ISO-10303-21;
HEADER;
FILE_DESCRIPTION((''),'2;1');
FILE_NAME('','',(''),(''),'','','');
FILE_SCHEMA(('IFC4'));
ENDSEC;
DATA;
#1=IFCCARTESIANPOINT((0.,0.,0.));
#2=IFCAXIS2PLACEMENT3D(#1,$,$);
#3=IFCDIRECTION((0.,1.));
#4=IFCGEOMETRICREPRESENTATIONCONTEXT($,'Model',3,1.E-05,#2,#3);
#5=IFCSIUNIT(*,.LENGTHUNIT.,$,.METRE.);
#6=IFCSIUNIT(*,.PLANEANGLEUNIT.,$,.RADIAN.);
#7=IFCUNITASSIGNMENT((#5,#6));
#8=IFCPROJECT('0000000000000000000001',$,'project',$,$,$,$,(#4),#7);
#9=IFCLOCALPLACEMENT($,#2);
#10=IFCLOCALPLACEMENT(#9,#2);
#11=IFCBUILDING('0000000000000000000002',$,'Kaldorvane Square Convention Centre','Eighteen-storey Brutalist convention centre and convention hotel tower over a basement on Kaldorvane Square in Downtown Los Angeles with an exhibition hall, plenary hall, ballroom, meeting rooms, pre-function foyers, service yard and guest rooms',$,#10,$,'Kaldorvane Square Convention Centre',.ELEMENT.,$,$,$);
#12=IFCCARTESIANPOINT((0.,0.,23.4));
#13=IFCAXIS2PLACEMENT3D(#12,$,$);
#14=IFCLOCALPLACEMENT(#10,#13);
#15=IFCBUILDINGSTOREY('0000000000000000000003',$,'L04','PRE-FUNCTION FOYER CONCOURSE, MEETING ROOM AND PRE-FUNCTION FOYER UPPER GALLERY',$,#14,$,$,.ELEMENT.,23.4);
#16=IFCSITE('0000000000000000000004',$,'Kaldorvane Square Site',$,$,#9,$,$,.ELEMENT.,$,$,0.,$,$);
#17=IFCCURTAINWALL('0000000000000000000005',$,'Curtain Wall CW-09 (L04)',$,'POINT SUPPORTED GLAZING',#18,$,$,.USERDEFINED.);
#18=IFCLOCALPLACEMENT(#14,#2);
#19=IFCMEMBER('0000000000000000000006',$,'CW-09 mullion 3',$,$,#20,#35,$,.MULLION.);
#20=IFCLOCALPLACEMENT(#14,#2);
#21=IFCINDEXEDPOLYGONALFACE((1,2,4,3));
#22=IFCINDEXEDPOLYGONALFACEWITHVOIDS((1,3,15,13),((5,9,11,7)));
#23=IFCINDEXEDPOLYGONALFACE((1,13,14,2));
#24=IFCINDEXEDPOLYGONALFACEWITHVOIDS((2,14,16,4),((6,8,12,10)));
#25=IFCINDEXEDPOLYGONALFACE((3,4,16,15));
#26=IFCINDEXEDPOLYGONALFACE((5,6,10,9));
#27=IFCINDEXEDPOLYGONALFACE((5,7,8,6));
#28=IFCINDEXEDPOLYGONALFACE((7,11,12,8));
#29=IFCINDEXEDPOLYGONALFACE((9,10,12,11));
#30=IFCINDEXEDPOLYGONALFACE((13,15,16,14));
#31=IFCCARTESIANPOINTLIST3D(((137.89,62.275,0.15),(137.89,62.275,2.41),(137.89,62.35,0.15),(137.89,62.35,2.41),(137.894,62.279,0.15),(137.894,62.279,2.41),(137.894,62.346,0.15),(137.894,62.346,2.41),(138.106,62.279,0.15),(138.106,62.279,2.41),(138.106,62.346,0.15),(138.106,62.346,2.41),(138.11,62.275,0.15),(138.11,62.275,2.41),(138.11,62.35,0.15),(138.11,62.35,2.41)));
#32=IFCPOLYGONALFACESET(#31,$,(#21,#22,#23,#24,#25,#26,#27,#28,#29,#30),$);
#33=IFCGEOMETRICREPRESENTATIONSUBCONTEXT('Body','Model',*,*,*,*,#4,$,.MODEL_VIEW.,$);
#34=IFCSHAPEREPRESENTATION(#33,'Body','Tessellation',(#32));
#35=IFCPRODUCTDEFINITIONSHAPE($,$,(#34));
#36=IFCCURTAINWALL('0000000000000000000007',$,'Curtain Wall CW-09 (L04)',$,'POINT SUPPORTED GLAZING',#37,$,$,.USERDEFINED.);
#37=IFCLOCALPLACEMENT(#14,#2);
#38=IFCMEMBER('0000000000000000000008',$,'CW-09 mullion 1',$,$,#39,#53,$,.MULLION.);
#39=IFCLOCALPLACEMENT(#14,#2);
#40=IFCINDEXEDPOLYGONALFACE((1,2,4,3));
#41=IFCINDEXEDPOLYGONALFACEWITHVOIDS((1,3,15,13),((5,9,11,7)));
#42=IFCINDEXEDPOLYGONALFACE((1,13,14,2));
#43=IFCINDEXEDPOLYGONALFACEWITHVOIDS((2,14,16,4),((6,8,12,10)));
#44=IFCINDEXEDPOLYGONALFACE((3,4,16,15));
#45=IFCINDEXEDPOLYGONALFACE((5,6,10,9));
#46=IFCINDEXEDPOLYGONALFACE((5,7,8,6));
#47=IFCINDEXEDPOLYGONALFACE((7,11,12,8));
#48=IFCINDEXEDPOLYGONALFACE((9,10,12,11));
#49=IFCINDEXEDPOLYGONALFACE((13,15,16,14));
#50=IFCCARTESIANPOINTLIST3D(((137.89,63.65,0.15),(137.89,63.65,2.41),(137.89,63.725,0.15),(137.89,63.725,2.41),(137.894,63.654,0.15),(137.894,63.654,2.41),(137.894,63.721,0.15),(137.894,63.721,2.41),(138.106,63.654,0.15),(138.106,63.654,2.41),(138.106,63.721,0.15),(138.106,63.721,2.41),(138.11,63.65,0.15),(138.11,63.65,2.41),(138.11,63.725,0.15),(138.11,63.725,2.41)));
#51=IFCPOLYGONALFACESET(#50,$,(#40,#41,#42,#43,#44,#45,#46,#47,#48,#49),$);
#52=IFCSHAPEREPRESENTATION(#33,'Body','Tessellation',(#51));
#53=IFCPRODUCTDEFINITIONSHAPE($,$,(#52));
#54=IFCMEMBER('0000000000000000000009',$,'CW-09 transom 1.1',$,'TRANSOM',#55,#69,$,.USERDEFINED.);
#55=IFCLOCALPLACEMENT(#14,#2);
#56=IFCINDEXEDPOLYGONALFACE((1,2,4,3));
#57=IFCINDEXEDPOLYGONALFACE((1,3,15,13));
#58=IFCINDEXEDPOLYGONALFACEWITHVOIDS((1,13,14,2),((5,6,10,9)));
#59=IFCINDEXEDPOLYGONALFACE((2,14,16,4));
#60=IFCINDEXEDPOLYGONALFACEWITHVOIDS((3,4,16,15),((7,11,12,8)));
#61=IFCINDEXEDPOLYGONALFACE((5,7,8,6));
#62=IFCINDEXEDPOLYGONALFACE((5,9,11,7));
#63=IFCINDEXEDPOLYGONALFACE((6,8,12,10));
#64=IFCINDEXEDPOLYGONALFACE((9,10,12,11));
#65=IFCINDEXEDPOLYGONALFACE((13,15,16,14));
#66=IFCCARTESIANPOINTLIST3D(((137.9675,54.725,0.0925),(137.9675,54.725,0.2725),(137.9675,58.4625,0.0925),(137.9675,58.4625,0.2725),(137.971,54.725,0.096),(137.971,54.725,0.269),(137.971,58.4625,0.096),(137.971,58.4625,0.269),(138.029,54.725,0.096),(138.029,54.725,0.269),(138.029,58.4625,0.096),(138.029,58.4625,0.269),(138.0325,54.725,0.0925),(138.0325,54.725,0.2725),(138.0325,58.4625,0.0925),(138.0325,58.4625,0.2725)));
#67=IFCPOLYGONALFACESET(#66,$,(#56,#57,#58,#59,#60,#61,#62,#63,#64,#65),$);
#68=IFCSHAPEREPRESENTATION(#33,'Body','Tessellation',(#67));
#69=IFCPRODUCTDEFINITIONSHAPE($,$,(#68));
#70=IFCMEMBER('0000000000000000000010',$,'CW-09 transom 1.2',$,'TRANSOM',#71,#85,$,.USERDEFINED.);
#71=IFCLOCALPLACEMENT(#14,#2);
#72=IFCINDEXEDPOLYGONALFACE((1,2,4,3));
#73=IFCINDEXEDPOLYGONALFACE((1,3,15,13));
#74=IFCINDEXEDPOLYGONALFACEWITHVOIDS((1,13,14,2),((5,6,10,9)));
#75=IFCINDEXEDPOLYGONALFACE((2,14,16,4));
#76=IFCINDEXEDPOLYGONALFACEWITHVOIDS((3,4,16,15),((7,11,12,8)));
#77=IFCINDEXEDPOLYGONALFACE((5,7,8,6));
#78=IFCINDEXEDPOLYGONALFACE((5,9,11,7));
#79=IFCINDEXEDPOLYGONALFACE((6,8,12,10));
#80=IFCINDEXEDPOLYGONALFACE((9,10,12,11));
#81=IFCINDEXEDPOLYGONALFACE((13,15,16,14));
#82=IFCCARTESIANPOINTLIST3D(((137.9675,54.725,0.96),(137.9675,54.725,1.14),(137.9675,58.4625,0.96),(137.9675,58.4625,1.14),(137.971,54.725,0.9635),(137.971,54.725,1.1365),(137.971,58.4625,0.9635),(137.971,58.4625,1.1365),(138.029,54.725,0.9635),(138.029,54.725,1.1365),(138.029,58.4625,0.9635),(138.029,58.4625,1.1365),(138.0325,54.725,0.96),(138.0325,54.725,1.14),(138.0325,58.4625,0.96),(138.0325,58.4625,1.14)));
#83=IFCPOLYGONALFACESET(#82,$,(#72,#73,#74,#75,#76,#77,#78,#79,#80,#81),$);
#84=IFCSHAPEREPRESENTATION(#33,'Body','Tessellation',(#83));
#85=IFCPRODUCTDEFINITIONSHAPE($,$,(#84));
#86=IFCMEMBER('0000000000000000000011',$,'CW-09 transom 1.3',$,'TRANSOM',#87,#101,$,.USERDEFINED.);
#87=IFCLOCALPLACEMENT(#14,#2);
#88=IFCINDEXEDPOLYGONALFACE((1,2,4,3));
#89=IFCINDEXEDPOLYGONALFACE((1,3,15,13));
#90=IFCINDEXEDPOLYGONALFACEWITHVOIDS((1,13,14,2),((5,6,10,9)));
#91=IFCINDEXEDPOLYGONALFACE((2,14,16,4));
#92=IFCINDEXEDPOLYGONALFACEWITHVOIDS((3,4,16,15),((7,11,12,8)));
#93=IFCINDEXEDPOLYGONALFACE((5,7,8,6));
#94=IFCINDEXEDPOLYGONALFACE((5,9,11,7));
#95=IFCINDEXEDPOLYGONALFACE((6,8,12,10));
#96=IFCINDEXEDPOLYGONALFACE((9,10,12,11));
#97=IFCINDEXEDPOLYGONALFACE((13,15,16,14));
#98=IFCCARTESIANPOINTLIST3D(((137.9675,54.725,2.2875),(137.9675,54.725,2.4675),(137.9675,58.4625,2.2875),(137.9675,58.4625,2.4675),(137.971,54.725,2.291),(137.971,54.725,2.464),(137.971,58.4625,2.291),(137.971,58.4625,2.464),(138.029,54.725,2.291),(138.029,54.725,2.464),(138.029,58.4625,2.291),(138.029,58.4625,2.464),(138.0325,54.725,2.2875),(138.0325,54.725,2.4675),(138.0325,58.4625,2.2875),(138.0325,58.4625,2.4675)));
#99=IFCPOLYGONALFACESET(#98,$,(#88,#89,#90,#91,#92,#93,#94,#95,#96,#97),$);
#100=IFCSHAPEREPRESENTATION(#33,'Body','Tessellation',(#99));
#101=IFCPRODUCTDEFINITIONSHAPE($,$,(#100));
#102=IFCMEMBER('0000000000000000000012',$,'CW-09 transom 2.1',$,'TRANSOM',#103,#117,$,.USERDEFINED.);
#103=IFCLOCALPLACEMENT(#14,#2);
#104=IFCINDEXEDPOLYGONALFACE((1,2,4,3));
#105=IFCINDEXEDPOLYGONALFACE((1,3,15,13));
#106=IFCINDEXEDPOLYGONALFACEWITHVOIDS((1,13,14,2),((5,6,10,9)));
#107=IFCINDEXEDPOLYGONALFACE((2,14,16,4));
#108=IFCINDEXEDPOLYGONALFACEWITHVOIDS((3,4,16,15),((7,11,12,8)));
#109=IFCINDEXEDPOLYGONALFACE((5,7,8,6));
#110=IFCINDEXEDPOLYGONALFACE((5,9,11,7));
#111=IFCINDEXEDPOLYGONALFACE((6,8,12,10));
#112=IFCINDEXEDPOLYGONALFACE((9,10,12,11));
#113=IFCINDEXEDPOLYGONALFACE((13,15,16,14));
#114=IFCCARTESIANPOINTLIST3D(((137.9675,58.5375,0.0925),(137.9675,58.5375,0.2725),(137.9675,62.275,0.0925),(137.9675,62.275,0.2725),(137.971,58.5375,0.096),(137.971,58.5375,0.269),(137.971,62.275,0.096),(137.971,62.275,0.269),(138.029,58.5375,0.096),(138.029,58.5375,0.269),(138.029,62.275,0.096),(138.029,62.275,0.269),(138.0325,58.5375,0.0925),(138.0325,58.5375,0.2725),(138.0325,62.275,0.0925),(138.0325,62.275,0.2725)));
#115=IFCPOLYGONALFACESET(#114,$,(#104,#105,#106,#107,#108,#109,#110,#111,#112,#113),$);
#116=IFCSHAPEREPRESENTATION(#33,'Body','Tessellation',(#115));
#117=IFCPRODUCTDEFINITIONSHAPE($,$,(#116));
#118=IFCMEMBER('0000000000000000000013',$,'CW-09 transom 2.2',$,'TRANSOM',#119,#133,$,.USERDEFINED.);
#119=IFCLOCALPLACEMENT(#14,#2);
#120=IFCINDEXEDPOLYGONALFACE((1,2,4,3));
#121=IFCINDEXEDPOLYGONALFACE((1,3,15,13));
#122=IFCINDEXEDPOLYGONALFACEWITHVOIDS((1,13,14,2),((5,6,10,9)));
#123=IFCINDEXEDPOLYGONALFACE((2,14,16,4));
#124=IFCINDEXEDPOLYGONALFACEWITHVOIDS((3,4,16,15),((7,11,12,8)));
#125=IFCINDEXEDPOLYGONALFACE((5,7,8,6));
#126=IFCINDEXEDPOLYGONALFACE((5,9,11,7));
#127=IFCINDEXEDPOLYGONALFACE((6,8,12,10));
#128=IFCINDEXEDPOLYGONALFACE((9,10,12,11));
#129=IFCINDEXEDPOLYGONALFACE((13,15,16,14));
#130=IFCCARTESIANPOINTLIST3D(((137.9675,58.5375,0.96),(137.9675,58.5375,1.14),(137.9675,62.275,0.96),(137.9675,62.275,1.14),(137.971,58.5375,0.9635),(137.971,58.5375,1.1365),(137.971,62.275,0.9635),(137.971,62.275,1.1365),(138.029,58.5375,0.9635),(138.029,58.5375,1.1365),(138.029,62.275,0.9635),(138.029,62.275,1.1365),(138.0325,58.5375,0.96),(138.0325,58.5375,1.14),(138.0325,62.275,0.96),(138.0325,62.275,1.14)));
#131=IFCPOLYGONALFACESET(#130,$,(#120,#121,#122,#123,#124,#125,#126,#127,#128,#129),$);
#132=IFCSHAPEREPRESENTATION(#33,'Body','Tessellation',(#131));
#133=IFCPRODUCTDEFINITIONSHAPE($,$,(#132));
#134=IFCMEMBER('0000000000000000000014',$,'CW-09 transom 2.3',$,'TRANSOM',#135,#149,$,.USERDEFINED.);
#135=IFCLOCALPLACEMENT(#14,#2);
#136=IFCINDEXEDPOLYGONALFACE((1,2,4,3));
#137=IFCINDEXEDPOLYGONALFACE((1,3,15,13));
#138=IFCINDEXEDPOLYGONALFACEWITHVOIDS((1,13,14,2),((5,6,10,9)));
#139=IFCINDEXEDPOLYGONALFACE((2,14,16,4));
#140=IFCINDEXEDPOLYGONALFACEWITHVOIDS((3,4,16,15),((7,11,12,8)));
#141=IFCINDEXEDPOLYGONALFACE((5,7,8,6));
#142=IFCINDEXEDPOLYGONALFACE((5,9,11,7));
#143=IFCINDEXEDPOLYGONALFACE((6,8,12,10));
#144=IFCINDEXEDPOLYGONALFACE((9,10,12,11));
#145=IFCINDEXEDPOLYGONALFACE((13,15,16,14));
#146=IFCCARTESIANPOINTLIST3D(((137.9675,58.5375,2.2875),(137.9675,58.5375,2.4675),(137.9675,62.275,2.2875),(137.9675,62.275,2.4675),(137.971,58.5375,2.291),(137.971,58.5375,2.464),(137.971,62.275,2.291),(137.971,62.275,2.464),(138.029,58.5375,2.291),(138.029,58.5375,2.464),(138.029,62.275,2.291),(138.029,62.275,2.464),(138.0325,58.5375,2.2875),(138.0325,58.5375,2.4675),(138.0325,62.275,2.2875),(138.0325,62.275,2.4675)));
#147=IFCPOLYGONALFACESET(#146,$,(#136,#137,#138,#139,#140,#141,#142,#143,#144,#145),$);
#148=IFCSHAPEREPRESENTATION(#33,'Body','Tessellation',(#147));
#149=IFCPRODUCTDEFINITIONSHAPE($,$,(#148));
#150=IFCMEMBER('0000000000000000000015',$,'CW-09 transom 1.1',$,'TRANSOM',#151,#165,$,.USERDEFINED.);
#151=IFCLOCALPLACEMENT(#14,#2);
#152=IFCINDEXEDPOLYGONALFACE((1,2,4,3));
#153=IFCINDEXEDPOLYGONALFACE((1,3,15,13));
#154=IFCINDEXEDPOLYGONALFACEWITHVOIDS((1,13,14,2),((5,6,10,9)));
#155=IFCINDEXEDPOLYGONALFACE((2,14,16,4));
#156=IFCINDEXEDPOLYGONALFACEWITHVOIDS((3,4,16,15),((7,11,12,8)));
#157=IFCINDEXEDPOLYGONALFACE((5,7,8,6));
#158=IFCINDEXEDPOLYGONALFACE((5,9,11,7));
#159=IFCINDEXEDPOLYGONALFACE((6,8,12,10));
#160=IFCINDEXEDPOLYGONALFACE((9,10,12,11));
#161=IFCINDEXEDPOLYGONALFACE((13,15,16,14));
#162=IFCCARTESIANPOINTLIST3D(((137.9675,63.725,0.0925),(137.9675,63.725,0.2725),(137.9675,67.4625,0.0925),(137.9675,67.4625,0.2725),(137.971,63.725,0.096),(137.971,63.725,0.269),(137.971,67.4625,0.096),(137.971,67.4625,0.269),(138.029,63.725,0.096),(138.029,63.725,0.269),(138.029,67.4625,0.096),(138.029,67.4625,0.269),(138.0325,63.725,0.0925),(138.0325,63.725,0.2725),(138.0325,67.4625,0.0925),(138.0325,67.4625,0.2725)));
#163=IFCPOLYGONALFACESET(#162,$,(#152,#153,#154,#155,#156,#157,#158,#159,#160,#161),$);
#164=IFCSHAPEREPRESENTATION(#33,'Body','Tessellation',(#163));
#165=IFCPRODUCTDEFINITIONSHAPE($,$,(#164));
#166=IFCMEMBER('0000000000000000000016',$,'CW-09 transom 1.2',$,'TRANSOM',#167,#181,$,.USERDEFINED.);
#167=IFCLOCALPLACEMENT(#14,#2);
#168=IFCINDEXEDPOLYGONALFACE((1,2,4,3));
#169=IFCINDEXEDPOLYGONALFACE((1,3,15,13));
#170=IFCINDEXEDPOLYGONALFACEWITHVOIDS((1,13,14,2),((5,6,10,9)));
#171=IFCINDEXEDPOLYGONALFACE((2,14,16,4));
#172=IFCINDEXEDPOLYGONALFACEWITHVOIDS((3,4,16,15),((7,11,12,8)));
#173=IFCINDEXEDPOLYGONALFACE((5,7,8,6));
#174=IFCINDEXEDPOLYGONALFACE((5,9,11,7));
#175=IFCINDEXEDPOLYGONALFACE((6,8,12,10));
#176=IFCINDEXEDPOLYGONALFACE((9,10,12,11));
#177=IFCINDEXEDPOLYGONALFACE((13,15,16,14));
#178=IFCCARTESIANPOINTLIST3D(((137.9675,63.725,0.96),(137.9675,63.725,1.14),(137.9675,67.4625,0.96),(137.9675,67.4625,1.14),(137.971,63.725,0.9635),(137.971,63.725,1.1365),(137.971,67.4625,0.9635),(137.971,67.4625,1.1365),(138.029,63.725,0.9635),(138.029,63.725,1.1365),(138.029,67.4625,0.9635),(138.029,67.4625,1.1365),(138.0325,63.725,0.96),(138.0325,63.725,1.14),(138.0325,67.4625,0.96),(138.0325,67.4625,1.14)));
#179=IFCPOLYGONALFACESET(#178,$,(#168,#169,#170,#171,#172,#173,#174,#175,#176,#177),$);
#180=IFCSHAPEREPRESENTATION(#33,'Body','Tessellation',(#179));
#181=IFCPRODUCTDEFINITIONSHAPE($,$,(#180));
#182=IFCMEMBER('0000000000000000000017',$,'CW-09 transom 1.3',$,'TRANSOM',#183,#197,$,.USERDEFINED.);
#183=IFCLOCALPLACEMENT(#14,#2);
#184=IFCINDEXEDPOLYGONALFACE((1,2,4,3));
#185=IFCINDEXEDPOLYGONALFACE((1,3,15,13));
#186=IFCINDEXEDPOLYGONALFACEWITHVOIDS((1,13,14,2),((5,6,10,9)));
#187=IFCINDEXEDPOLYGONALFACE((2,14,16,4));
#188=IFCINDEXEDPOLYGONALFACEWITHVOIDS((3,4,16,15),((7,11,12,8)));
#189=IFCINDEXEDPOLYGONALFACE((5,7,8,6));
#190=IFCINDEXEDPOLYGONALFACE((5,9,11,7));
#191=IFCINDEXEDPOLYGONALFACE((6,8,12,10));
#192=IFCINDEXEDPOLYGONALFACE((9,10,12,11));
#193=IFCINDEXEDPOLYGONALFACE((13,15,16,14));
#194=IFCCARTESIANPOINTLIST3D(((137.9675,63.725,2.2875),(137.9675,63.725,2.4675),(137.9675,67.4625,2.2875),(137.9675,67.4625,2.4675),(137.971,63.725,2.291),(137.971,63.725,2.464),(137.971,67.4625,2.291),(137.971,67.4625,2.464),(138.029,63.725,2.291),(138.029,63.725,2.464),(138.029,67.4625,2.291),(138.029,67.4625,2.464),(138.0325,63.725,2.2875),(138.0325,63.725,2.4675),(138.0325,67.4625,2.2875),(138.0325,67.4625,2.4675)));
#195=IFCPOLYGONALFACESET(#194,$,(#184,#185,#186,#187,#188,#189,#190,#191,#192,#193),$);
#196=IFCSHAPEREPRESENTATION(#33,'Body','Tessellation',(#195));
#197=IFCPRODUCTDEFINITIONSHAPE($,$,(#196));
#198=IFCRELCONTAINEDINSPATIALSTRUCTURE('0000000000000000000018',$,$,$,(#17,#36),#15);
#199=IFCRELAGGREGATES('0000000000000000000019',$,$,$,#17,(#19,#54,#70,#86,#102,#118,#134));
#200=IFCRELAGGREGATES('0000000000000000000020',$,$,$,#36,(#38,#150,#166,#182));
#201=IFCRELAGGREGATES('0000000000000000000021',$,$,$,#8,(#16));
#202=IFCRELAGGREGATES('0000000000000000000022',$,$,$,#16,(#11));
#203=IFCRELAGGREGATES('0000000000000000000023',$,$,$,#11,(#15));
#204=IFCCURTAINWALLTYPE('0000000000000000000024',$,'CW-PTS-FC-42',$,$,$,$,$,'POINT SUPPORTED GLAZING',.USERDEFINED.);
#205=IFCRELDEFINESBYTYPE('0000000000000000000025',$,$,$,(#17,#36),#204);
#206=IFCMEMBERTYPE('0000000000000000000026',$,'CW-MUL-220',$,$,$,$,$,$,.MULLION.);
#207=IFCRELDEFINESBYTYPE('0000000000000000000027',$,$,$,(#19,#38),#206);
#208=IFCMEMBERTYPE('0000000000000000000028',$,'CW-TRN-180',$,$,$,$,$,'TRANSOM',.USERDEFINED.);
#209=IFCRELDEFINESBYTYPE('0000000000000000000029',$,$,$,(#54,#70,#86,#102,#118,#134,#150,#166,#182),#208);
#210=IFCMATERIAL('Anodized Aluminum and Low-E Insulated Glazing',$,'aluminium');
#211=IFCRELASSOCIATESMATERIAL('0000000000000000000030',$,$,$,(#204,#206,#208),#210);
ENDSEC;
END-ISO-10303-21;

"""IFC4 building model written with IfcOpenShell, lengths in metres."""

from ifc_helpers import new_model, si_unit, direction, frame, origin, origin_2d, place, context, subcontext, project, spatial, hollow_rectangle, extrude, material, material_profile, profile_set, type_object, element, aggregate, save


model = new_model("IFC4")

# Units and contexts
model_context = context("Model", 3, precision=1e-05, world=origin(), true_north=direction((0.0, 1.0)))
body_context = subcontext(model_context, "Body", "Model", "MODEL_VIEW")
ifc_project = project(units=[si_unit("LENGTHUNIT", "METRE"), si_unit("PLANEANGLEUNIT", "RADIAN")], contexts=[model_context])

# Site, building, storey
site_placement = place(None, origin())
site = spatial("IfcSite", under=ifc_project, at=site_placement, Name="Kaldorvane Square Site", CompositionType="ELEMENT", RefElevation=0.0)
building_placement = place(site_placement, origin())
building = spatial("IfcBuilding", under=site, at=building_placement, Name="Kaldorvane Square Convention Centre", Description="Eighteen-storey Brutalist convention centre and convention hotel tower over a basement on Kaldorvane Square in Downtown Los Angeles with an exhibition hall, plenary hall, ballroom, meeting rooms, pre-function foyers, service yard and guest rooms", LongName="Kaldorvane Square Convention Centre", CompositionType="ELEMENT")
storey_placement = place(building_placement, frame((0.0, 0.0, 23.4)))
storey = spatial("IfcBuildingStorey", under=building, at=storey_placement, Name="L04", Description="PRE-FUNCTION FOYER CONCOURSE, MEETING ROOM AND PRE-FUNCTION FOYER UPPER GALLERY", CompositionType="ELEMENT", Elevation=23.4)

# Shared definitions
ifc_material_1 = material(Name="Anodized Aluminum and Low-E Insulated Glazing", Category="aluminium")
curtain_wall_type = type_object("IfcCurtainWallType", Name="CW-PTS-FC-42", ElementType="POINT SUPPORTED GLAZING", PredefinedType="USERDEFINED", material=ifc_material_1)
ifc_material_profile_1 = material_profile(ifc_material_1, hollow_rectangle(XDim=0.075, YDim=0.22, WallThickness=0.004, at=origin_2d()), Name="CWM-220X75")
ifc_profile_set_1 = profile_set([ifc_material_profile_1], Name="Anodized Aluminum and Low-E Insulated Glazing")
member_type_1 = type_object("IfcMemberType", Name="CW-MUL-220", PredefinedType="MULLION", material=ifc_profile_set_1)

# Curtain wall, member
curtain_wall_1_placement = place(storey_placement, origin())
curtain_wall_1 = element("IfcCurtainWall", 1, at=curtain_wall_1_placement, inside=storey, type_object=curtain_wall_type, Name="Curtain Wall CW-09 (L04)", ObjectType="POINT SUPPORTED GLAZING", PredefinedType="USERDEFINED")
member_1_placement = place(storey_placement, frame((138.0, 62.3125, 0.15), z_axis=(0.0, 0.0, 1.0), x_axis=(0.0, 1.0, 0.0)))
member_1 = element("IfcMember", 2, at=member_1_placement, type_object=member_type_1, Name="CW-09 mullion 3", PredefinedType="MULLION", context=body_context, shape_type="SweptSolid", body=[
    extrude(hollow_rectangle(XDim=0.075, YDim=0.22, WallThickness=0.004, at=origin_2d()), origin(), (0.0, 0.0, 1.0), 2.26),
])

# Curtain wall, member
curtain_wall_2_placement = place(storey_placement, origin())
curtain_wall_2 = element("IfcCurtainWall", 3, at=curtain_wall_2_placement, inside=storey, type_object=curtain_wall_type, Name="Curtain Wall CW-09 (L04)", ObjectType="POINT SUPPORTED GLAZING", PredefinedType="USERDEFINED")
member_2_placement = place(storey_placement, frame((138.0, 63.6875, 0.15), z_axis=(0.0, 0.0, 1.0), x_axis=(0.0, 1.0, 0.0)))
member_2 = element("IfcMember", 4, at=member_2_placement, type_object=member_type_1, Name="CW-09 mullion 1", PredefinedType="MULLION", context=body_context, shape_type="SweptSolid", body=[
    extrude(hollow_rectangle(XDim=0.075, YDim=0.22, WallThickness=0.004, at=origin_2d()), origin(), (0.0, 0.0, 1.0), 2.26),
])

# Members
ifc_material_profile_2 = material_profile(ifc_material_1, hollow_rectangle(XDim=0.065, YDim=0.18, WallThickness=0.0035, at=origin_2d()), Name="CWT-180X65")
ifc_profile_set_2 = profile_set([ifc_material_profile_2], Name="Anodized Aluminum and Low-E Insulated Glazing")
member_type_2 = type_object("IfcMemberType", Name="CW-TRN-180", ElementType="TRANSOM", PredefinedType="USERDEFINED", material=ifc_profile_set_2)
member_3_placement = place(storey_placement, frame((138.0, 54.725, 0.1825), z_axis=(0.0, 1.0, 0.0), x_axis=(-1.0, 0.0, 0.0)))
member_3 = element("IfcMember", 5, at=member_3_placement, type_object=member_type_2, Name="CW-09 transom 1.1", ObjectType="TRANSOM", PredefinedType="USERDEFINED", context=body_context, shape_type="SweptSolid", body=[
    extrude(hollow_rectangle(XDim=0.065, YDim=0.18, WallThickness=0.0035, at=origin_2d()), origin(), (0.0, 0.0, 1.0), 3.7375),
])
member_4_placement = place(storey_placement, frame((138.0, 54.725, 1.05), z_axis=(0.0, 1.0, 0.0), x_axis=(-1.0, 0.0, 0.0)))
member_4 = element("IfcMember", 6, at=member_4_placement, type_object=member_type_2, Name="CW-09 transom 1.2", ObjectType="TRANSOM", PredefinedType="USERDEFINED", context=body_context, shape_type="SweptSolid", body=[
    extrude(hollow_rectangle(XDim=0.065, YDim=0.18, WallThickness=0.0035, at=origin_2d()), origin(), (0.0, 0.0, 1.0), 3.7375),
])
member_5_placement = place(storey_placement, frame((138.0, 54.725, 2.3775), z_axis=(0.0, 1.0, 0.0), x_axis=(-1.0, 0.0, 0.0)))
member_5 = element("IfcMember", 7, at=member_5_placement, type_object=member_type_2, Name="CW-09 transom 1.3", ObjectType="TRANSOM", PredefinedType="USERDEFINED", context=body_context, shape_type="SweptSolid", body=[
    extrude(hollow_rectangle(XDim=0.065, YDim=0.18, WallThickness=0.0035, at=origin_2d()), origin(), (0.0, 0.0, 1.0), 3.7375),
])
member_6_placement = place(storey_placement, frame((138.0, 58.5375, 0.1825), z_axis=(0.0, 1.0, 0.0), x_axis=(-1.0, 0.0, 0.0)))
member_6 = element("IfcMember", 8, at=member_6_placement, type_object=member_type_2, Name="CW-09 transom 2.1", ObjectType="TRANSOM", PredefinedType="USERDEFINED", context=body_context, shape_type="SweptSolid", body=[
    extrude(hollow_rectangle(XDim=0.065, YDim=0.18, WallThickness=0.0035, at=origin_2d()), origin(), (0.0, 0.0, 1.0), 3.7375),
])
member_7_placement = place(storey_placement, frame((138.0, 58.5375, 1.05), z_axis=(0.0, 1.0, 0.0), x_axis=(-1.0, 0.0, 0.0)))
member_7 = element("IfcMember", 9, at=member_7_placement, type_object=member_type_2, Name="CW-09 transom 2.2", ObjectType="TRANSOM", PredefinedType="USERDEFINED", context=body_context, shape_type="SweptSolid", body=[
    extrude(hollow_rectangle(XDim=0.065, YDim=0.18, WallThickness=0.0035, at=origin_2d()), origin(), (0.0, 0.0, 1.0), 3.7375),
])
member_8_placement = place(storey_placement, frame((138.0, 58.5375, 2.3775), z_axis=(0.0, 1.0, 0.0), x_axis=(-1.0, 0.0, 0.0)))
member_8 = element("IfcMember", 10, at=member_8_placement, type_object=member_type_2, Name="CW-09 transom 2.3", ObjectType="TRANSOM", PredefinedType="USERDEFINED", context=body_context, shape_type="SweptSolid", body=[
    extrude(hollow_rectangle(XDim=0.065, YDim=0.18, WallThickness=0.0035, at=origin_2d()), origin(), (0.0, 0.0, 1.0), 3.7375),
])
member_9_placement = place(storey_placement, frame((138.0, 63.725, 0.1825), z_axis=(0.0, 1.0, 0.0), x_axis=(-1.0, 0.0, 0.0)))
member_9 = element("IfcMember", 11, at=member_9_placement, type_object=member_type_2, Name="CW-09 transom 1.1", ObjectType="TRANSOM", PredefinedType="USERDEFINED", context=body_context, shape_type="SweptSolid", body=[
    extrude(hollow_rectangle(XDim=0.065, YDim=0.18, WallThickness=0.0035, at=origin_2d()), origin(), (0.0, 0.0, 1.0), 3.7375),
])
member_10_placement = place(storey_placement, frame((138.0, 63.725, 1.05), z_axis=(0.0, 1.0, 0.0), x_axis=(-1.0, 0.0, 0.0)))
member_10 = element("IfcMember", 12, at=member_10_placement, type_object=member_type_2, Name="CW-09 transom 1.2", ObjectType="TRANSOM", PredefinedType="USERDEFINED", context=body_context, shape_type="SweptSolid", body=[
    extrude(hollow_rectangle(XDim=0.065, YDim=0.18, WallThickness=0.0035, at=origin_2d()), origin(), (0.0, 0.0, 1.0), 3.7375),
])
member_11_placement = place(storey_placement, frame((138.0, 63.725, 2.3775), z_axis=(0.0, 1.0, 0.0), x_axis=(-1.0, 0.0, 0.0)))
member_11 = element("IfcMember", 13, at=member_11_placement, type_object=member_type_2, Name="CW-09 transom 1.3", ObjectType="TRANSOM", PredefinedType="USERDEFINED", context=body_context, shape_type="SweptSolid", body=[
    extrude(hollow_rectangle(XDim=0.065, YDim=0.18, WallThickness=0.0035, at=origin_2d()), origin(), (0.0, 0.0, 1.0), 3.7375),
])

aggregate(curtain_wall_1, [member_1, member_3, member_4, member_5, member_6, member_7, member_8])
aggregate(curtain_wall_2, [member_2, member_9, member_10, member_11])

save(model, "model.ifc")
